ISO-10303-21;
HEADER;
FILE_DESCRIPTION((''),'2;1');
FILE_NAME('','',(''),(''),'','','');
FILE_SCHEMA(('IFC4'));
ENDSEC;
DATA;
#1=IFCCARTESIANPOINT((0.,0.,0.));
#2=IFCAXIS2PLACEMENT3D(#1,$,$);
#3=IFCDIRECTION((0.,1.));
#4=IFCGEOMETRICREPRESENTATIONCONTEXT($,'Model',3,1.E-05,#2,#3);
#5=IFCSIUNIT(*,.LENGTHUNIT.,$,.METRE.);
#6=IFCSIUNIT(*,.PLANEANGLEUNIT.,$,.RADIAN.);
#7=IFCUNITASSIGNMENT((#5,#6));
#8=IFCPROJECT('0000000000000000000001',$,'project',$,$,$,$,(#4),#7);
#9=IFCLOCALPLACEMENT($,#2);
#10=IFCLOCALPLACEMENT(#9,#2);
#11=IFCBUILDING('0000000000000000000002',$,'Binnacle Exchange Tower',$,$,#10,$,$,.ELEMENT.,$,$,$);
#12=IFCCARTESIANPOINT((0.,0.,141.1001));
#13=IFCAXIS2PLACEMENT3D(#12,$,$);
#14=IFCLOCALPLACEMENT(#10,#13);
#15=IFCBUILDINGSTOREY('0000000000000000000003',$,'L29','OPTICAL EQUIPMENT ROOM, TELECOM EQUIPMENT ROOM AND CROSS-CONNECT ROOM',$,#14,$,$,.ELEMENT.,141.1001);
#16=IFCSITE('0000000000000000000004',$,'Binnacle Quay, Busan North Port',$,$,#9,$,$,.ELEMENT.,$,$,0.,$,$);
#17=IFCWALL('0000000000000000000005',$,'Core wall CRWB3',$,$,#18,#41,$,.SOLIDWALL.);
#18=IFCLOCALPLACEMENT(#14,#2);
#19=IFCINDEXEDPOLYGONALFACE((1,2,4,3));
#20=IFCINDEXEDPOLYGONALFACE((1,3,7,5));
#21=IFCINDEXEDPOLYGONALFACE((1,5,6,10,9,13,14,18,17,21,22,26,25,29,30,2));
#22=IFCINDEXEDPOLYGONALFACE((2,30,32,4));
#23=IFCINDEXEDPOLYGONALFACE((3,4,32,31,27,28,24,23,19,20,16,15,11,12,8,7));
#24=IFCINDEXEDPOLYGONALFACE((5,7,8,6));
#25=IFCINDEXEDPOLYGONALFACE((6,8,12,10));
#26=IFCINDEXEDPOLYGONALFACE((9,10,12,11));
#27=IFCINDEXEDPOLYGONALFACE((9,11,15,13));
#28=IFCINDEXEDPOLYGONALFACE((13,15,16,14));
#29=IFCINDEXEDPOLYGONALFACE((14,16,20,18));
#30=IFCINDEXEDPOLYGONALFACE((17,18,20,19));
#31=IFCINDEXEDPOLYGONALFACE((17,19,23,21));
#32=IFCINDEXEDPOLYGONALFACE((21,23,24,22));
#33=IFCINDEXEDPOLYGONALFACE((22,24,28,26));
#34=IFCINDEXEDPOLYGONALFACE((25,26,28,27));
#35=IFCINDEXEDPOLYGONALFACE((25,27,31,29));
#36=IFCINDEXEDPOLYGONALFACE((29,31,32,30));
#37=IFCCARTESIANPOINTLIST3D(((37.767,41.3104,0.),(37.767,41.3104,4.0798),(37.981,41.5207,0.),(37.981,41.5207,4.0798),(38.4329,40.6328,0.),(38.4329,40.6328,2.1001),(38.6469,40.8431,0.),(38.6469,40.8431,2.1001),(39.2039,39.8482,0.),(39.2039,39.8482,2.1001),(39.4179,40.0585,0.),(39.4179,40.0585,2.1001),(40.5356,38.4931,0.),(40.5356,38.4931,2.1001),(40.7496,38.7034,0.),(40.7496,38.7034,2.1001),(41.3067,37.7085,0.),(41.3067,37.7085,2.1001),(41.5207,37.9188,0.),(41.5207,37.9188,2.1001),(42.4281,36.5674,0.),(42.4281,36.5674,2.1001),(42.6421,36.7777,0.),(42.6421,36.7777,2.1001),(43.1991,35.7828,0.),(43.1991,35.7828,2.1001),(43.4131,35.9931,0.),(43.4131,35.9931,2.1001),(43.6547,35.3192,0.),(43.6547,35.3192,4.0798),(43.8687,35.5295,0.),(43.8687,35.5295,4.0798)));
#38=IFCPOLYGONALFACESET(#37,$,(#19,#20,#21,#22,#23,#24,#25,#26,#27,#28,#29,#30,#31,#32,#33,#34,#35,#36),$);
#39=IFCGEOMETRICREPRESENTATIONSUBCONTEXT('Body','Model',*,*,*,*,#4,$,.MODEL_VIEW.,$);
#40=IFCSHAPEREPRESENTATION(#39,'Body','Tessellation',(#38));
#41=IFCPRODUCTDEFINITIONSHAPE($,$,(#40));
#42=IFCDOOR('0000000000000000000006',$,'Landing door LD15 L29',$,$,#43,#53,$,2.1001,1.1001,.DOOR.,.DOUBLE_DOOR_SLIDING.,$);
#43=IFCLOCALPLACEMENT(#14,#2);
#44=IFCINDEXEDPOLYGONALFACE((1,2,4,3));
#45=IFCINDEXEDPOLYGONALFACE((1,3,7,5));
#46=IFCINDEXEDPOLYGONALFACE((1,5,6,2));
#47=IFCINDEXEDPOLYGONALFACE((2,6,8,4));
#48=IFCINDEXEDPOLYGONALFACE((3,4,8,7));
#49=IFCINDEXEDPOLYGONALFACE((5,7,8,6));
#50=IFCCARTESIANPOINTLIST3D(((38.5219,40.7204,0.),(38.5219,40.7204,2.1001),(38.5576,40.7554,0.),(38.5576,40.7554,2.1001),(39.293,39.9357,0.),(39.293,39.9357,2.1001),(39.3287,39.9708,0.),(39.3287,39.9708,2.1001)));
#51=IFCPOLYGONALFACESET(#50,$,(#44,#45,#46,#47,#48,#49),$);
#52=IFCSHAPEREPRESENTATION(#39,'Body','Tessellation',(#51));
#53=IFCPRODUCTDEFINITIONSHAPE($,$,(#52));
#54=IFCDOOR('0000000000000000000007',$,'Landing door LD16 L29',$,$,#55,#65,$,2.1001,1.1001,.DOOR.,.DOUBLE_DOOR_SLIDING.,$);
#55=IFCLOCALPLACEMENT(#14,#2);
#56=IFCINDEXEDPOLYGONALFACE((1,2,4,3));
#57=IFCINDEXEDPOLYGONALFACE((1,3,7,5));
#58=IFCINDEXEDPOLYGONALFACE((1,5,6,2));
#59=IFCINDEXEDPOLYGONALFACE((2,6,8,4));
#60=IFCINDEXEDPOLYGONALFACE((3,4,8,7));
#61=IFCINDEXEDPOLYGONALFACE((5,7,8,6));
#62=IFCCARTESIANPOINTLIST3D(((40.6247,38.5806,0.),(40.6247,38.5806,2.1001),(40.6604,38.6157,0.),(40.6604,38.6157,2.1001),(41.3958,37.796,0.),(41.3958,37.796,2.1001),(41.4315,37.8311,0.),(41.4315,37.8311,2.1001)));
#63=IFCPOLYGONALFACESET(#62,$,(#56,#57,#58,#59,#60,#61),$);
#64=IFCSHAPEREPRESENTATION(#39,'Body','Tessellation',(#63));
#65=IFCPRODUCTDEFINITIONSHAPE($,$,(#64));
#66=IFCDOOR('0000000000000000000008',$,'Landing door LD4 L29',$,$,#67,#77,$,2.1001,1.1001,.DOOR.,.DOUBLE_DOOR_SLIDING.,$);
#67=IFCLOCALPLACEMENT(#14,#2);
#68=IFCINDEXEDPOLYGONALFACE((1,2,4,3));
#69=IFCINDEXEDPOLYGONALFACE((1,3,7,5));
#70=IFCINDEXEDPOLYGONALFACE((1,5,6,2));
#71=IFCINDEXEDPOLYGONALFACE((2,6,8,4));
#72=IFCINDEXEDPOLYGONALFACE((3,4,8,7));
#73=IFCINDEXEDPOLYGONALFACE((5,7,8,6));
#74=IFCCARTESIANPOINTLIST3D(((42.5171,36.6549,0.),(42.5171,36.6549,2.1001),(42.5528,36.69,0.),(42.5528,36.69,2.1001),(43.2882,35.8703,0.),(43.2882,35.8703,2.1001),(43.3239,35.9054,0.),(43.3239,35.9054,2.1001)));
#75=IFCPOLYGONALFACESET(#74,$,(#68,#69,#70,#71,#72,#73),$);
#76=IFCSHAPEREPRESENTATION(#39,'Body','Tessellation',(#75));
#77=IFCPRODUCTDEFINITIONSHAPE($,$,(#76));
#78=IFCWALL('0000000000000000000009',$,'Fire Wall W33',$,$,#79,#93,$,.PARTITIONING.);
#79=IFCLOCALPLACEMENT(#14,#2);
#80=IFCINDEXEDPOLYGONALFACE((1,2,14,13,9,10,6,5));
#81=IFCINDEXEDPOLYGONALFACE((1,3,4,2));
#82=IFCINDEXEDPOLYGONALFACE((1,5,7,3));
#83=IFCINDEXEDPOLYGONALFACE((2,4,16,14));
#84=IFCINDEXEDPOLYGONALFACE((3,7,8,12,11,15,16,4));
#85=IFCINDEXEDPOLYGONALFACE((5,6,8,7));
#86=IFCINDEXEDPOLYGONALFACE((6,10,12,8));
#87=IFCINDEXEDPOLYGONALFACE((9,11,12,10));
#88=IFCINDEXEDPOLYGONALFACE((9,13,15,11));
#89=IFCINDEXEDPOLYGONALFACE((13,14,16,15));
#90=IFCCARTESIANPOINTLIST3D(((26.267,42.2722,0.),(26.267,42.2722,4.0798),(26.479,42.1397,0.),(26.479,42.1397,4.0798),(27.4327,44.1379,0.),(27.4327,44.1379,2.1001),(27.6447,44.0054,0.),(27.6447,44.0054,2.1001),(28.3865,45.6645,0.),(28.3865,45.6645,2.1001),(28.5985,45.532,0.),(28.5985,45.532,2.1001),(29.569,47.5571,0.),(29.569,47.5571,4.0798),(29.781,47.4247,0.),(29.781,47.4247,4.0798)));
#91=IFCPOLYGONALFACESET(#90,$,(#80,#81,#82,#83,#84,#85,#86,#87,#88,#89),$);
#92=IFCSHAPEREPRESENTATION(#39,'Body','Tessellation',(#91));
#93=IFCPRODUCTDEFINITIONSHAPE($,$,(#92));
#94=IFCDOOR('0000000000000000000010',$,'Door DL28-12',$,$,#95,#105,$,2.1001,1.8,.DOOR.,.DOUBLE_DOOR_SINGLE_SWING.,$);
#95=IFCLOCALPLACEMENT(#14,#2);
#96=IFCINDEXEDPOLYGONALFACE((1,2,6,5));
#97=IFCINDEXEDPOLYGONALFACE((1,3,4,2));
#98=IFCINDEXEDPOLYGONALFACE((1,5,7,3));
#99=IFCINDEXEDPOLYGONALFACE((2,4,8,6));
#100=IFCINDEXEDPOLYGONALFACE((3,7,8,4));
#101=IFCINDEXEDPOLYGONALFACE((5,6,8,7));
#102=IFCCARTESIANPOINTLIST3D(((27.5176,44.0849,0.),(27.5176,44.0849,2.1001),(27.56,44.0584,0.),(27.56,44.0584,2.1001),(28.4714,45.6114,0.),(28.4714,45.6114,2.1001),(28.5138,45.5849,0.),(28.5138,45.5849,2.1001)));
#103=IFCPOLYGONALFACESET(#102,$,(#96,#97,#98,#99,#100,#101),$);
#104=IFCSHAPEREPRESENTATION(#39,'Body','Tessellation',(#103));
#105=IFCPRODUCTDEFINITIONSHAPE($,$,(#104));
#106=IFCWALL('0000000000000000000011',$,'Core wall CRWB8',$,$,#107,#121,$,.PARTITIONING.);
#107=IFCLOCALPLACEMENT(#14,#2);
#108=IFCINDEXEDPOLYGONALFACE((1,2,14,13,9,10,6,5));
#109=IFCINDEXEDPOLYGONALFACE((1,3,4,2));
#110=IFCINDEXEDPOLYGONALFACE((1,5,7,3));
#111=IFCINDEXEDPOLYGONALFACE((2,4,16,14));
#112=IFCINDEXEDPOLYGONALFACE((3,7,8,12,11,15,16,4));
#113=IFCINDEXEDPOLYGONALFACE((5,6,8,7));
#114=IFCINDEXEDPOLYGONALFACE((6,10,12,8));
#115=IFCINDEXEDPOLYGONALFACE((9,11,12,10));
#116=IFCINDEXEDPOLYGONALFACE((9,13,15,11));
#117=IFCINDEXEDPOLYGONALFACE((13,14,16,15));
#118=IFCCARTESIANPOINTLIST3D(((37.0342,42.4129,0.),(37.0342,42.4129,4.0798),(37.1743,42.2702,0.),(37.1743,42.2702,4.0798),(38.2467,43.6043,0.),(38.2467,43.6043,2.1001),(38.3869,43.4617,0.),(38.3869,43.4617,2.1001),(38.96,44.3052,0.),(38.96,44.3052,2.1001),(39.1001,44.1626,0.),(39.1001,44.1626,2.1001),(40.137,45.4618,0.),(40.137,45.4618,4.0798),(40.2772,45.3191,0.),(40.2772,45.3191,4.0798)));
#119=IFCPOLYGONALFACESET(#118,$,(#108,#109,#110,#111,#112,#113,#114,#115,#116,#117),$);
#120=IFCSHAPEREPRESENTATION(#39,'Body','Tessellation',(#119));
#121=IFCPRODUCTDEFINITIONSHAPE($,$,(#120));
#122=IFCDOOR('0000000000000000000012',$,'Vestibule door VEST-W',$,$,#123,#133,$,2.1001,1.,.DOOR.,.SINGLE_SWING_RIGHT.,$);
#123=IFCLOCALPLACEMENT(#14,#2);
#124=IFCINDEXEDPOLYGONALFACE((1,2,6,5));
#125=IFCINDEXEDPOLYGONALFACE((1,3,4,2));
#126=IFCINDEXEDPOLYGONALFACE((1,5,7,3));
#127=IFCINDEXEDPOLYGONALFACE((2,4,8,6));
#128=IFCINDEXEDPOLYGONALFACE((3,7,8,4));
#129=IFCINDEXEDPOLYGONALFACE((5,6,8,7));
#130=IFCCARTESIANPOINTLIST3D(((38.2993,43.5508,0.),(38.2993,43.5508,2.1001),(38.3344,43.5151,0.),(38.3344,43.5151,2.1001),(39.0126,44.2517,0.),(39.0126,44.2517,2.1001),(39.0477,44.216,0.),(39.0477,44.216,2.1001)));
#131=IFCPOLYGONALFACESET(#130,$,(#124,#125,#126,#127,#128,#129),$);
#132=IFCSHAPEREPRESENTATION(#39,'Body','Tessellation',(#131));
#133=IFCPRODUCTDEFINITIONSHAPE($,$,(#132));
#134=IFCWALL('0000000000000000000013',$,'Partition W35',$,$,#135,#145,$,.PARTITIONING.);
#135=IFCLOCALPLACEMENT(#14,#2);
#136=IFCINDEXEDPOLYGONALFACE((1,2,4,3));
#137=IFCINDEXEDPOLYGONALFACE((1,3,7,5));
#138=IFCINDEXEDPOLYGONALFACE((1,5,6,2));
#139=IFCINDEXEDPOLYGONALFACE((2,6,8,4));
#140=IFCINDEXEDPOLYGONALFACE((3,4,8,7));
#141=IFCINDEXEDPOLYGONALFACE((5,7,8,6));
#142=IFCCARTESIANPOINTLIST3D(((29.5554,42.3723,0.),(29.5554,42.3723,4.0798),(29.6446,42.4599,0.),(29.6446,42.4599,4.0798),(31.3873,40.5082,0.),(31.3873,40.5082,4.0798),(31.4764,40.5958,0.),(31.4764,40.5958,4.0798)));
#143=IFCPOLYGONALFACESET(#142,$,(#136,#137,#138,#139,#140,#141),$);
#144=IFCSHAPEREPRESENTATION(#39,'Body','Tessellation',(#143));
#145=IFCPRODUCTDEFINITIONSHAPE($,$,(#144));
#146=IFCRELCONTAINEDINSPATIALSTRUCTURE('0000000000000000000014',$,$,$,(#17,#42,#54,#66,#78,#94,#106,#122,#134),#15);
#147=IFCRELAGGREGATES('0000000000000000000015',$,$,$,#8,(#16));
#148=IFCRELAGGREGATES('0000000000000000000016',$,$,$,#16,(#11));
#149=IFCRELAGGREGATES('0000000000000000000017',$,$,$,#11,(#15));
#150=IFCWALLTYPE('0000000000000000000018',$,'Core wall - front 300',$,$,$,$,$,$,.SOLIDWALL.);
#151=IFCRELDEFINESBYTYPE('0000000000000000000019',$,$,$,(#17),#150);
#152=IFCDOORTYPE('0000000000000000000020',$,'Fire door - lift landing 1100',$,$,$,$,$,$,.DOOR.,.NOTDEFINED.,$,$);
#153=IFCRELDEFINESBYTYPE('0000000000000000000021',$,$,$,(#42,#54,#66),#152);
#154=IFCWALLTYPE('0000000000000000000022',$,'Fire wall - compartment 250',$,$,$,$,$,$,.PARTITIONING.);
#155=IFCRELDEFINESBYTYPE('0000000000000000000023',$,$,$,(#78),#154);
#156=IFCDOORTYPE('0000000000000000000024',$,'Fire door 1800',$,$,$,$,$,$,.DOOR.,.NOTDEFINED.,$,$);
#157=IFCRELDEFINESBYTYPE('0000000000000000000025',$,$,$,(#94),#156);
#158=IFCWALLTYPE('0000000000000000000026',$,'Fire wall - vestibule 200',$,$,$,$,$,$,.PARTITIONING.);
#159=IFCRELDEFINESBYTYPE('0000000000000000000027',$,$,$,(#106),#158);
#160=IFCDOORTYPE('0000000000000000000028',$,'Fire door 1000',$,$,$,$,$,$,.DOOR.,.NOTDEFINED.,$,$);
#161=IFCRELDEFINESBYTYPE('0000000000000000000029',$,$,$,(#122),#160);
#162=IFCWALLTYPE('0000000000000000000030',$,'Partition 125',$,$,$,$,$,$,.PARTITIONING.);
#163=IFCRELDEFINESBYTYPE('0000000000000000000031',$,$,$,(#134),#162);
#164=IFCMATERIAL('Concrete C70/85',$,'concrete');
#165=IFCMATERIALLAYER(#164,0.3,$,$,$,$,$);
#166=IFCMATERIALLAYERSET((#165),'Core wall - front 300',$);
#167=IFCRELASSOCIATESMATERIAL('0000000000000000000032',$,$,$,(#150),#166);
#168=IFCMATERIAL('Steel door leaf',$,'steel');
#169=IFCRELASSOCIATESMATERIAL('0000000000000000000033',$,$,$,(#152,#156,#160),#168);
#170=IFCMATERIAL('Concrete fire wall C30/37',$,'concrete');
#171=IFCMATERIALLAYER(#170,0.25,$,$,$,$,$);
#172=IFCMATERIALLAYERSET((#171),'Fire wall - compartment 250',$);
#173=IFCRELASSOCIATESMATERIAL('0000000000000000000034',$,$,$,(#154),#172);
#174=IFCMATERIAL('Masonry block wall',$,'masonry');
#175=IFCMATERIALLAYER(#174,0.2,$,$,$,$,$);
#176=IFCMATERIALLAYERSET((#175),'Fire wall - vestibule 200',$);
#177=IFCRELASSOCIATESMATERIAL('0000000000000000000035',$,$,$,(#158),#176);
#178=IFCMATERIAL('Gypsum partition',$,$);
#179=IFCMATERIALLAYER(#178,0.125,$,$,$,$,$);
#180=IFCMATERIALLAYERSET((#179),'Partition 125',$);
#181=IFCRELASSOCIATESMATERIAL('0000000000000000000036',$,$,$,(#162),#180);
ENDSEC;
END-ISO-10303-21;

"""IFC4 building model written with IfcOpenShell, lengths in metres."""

from ifc_helpers import new_model, si_unit, direction, frame, frame_2d, origin, place, context, subcontext, project, spatial, rectangle, extrude, material, layer, layer_set, type_object, element, fill, save


model = new_model("IFC4")

# Units and contexts
model_context = context("Model", 3, precision=1e-05, world=origin(), true_north=direction((0.0, 1.0)))
body_context = subcontext(model_context, "Body", "Model", "MODEL_VIEW")
ifc_project = project(units=[si_unit("LENGTHUNIT", "METRE"), si_unit("PLANEANGLEUNIT", "RADIAN")], contexts=[model_context])

# Site, building, storey
site_placement = place(None, origin())
site = spatial("IfcSite", under=ifc_project, at=site_placement, Name="Binnacle Quay, Busan North Port", CompositionType="ELEMENT", RefElevation=0.0)
building_placement = place(site_placement, origin())
building = spatial("IfcBuilding", under=site, at=building_placement, Name="Binnacle Exchange Tower", CompositionType="ELEMENT")
storey_placement = place(building_placement, frame((0.0, 0.0, 141.1001)))
storey = spatial("IfcBuildingStorey", under=building, at=storey_placement, Name="L29", Description="OPTICAL EQUIPMENT ROOM, TELECOM EQUIPMENT ROOM AND CROSS-CONNECT ROOM", CompositionType="ELEMENT", Elevation=141.1001)

# Shared definitions
ifc_material_1 = material(Name="Concrete C70/85", Category="concrete")

# Wall, openings, doors
ifc_layer_1 = layer(ifc_material_1, 0.3)
ifc_layer_set_1 = layer_set([ifc_layer_1], Name="Core wall - front 300")
wall_type_1 = type_object("IfcWallType", Name="Core wall - front 300", PredefinedType="SOLIDWALL", material=ifc_layer_set_1)
wall_1_placement = place(storey_placement, frame((37.874, 41.4155, 0.0), z_axis=(0.0, 0.0, 1.0), x_axis=(0.700918, -0.713242, 0.0)))
wall_1 = element("IfcWall", 1, at=wall_1_placement, inside=storey, type_object=wall_type_1, Name="Core wall CRWB3", PredefinedType="SOLIDWALL", context=body_context, shape_type="SweptSolid", body=[
    extrude(rectangle(XDim=8.3999, YDim=0.3, at=frame_2d((4.2, 0.0))), origin(), (0.0, 0.0, 1.0), 4.0798),
])
opening_1_placement = place(wall_1_placement, frame((0.95, 0.0, 0.0)))
opening_1 = element("IfcOpeningElement", 2, at=opening_1_placement, cuts=wall_1, PredefinedType="OPENING", context=body_context, shape_type="SweptSolid", body=[
    extrude(rectangle(XDim=1.1001, YDim=2.1001, at=frame_2d((0.55, 1.05))), frame((0.0, 0.1599, 0.0), z_axis=(0.0, -1.0, 0.0), x_axis=(1.0, 0.0, 0.0)), (0.0, 0.0, 1.0), 0.3201),
])
opening_2_placement = place(wall_1_placement, frame((3.95, 0.0, 0.0)))
opening_2 = element("IfcOpeningElement", 3, at=opening_2_placement, cuts=wall_1, PredefinedType="OPENING", context=body_context, shape_type="SweptSolid", body=[
    extrude(rectangle(XDim=1.1001, YDim=2.1001, at=frame_2d((0.55, 1.05))), frame((0.0, 0.1599, 0.0), z_axis=(0.0, -1.0, 0.0), x_axis=(1.0, 0.0, 0.0)), (0.0, 0.0, 1.0), 0.3201),
])
opening_3_placement = place(wall_1_placement, frame((6.6499, 0.0, 0.0)))
opening_3 = element("IfcOpeningElement", 4, at=opening_3_placement, cuts=wall_1, PredefinedType="OPENING", context=body_context, shape_type="SweptSolid", body=[
    extrude(rectangle(XDim=1.1001, YDim=2.1001, at=frame_2d((0.55, 1.05))), frame((0.0, 0.1599, 0.0), z_axis=(0.0, -1.0, 0.0), x_axis=(1.0, 0.0, 0.0)), (0.0, 0.0, 1.0), 0.3201),
])
ifc_material_2 = material(Name="Steel door leaf", Category="steel")
door_type_1 = type_object("IfcDoorType", Name="Fire door - lift landing 1100", OperationType="NOTDEFINED", PredefinedType="DOOR", material=ifc_material_2)
door_1_placement = place(opening_1_placement, origin())
door_1 = element("IfcDoor", 5, at=door_1_placement, inside=storey, type_object=door_type_1, Name="Landing door LD15 L29", OperationType="DOUBLE_DOOR_SLIDING", OverallHeight=2.1001, OverallWidth=1.1001, PredefinedType="DOOR", context=body_context, shape_type="SweptSolid", body=[
    extrude(rectangle(XDim=1.1001, YDim=2.1001, at=frame_2d((0.55, 1.05))), frame((0.0, 0.0249, 0.0), z_axis=(0.0, -1.0, 0.0), x_axis=(1.0, 0.0, 0.0)), (0.0, 0.0, 1.0), 0.05),
])
fill(opening_1, door_1)
door_2_placement = place(opening_2_placement, origin())
door_2 = element("IfcDoor", 6, at=door_2_placement, inside=storey, type_object=door_type_1, Name="Landing door LD16 L29", OperationType="DOUBLE_DOOR_SLIDING", OverallHeight=2.1001, OverallWidth=1.1001, PredefinedType="DOOR", context=body_context, shape_type="SweptSolid", body=[
    extrude(rectangle(XDim=1.1001, YDim=2.1001, at=frame_2d((0.55, 1.05))), frame((0.0, 0.0249, 0.0), z_axis=(0.0, -1.0, 0.0), x_axis=(1.0, 0.0, 0.0)), (0.0, 0.0, 1.0), 0.05),
])
fill(opening_2, door_2)
door_3_placement = place(opening_3_placement, origin())
door_3 = element("IfcDoor", 7, at=door_3_placement, inside=storey, type_object=door_type_1, Name="Landing door LD4 L29", OperationType="DOUBLE_DOOR_SLIDING", OverallHeight=2.1001, OverallWidth=1.1001, PredefinedType="DOOR", context=body_context, shape_type="SweptSolid", body=[
    extrude(rectangle(XDim=1.1001, YDim=2.1001, at=frame_2d((0.55, 1.05))), frame((0.0, 0.0249, 0.0), z_axis=(0.0, -1.0, 0.0), x_axis=(1.0, 0.0, 0.0)), (0.0, 0.0, 1.0), 0.05),
])
fill(opening_3, door_3)

# Walls, openings, doors
ifc_material_3 = material(Name="Concrete fire wall C30/37", Category="concrete")
ifc_layer_2 = layer(ifc_material_3, 0.25)
ifc_layer_set_2 = layer_set([ifc_layer_2], Name="Fire wall - compartment 250")
wall_type_2 = type_object("IfcWallType", Name="Fire wall - compartment 250", PredefinedType="PARTITIONING", material=ifc_layer_set_2)
wall_2_placement = place(storey_placement, frame((26.373, 42.2061, 0.0), z_axis=(0.0, 0.0, 1.0), x_axis=(0.529876, 0.848075, 0.0)))
wall_2 = element("IfcWall", 8, at=wall_2_placement, inside=storey, type_object=wall_type_2, Name="Fire Wall W33", PredefinedType="PARTITIONING", context=body_context, shape_type="SweptSolid", body=[
    extrude(rectangle(XDim=6.2317, YDim=0.25, at=frame_2d((3.1157, 0.0))), origin(), (0.0, 0.0, 1.0), 4.0798),
])
opening_4_placement = place(wall_2_placement, frame((2.2, 0.0, 0.0)))
opening_4 = element("IfcOpeningElement", 9, at=opening_4_placement, cuts=wall_2, PredefinedType="OPENING", context=body_context, shape_type="SweptSolid", body=[
    extrude(rectangle(XDim=1.8, YDim=2.1001, at=frame_2d((0.8999, 1.05))), frame((0.0, 0.135, 0.0), z_axis=(0.0, -1.0, 0.0), x_axis=(1.0, 0.0, 0.0)), (0.0, 0.0, 1.0), 0.27),
])
door_type_2 = type_object("IfcDoorType", Name="Fire door 1800", OperationType="NOTDEFINED", PredefinedType="DOOR", material=ifc_material_2)
door_4_placement = place(opening_4_placement, origin())
door_4 = element("IfcDoor", 10, at=door_4_placement, inside=storey, type_object=door_type_2, Name="Door DL28-12", OperationType="DOUBLE_DOOR_SINGLE_SWING", OverallHeight=2.1001, OverallWidth=1.8, PredefinedType="DOOR", context=body_context, shape_type="SweptSolid", body=[
    extrude(rectangle(XDim=1.8, YDim=2.1001, at=frame_2d((0.8999, 1.05))), frame((0.0, 0.0249, 0.0), z_axis=(0.0, -1.0, 0.0), x_axis=(1.0, 0.0, 0.0)), (0.0, 0.0, 1.0), 0.05),
])
fill(opening_4, door_4)
ifc_material_4 = material(Name="Masonry block wall", Category="masonry")
ifc_layer_3 = layer(ifc_material_4, 0.2)
ifc_layer_set_3 = layer_set([ifc_layer_3], Name="Fire wall - vestibule 200")
wall_type_3 = type_object("IfcWallType", Name="Fire wall - vestibule 200", PredefinedType="PARTITIONING", material=ifc_layer_set_3)
wall_3_placement = place(storey_placement, frame((37.1042, 42.3416, 0.0), z_axis=(0.0, 0.0, 1.0), x_axis=(0.713281, 0.700878, 0.0)))
wall_3 = element("IfcWall", 11, at=wall_3_placement, inside=storey, type_object=wall_type_3, Name="Core wall CRWB8", PredefinedType="PARTITIONING", context=body_context, shape_type="SweptSolid", body=[
    extrude(rectangle(XDim=4.3501, YDim=0.2, at=frame_2d((2.175, 0.0))), origin(), (0.0, 0.0, 1.0), 4.0798),
])
opening_5_placement = place(wall_3_placement, frame((1.7, 0.0, 0.0)))
opening_5 = element("IfcOpeningElement", 12, at=opening_5_placement, cuts=wall_3, PredefinedType="OPENING", context=body_context, shape_type="SweptSolid", body=[
    extrude(rectangle(XDim=1.0, YDim=2.1001, at=frame_2d((0.5, 1.05))), frame((0.0, 0.1099, 0.0), z_axis=(0.0, -1.0, 0.0), x_axis=(1.0, 0.0, 0.0)), (0.0, 0.0, 1.0), 0.22),
])
door_type_3 = type_object("IfcDoorType", Name="Fire door 1000", OperationType="NOTDEFINED", PredefinedType="DOOR", material=ifc_material_2)
door_5_placement = place(opening_5_placement, origin())
door_5 = element("IfcDoor", 13, at=door_5_placement, inside=storey, type_object=door_type_3, Name="Vestibule door VEST-W", OperationType="SINGLE_SWING_RIGHT", OverallHeight=2.1001, OverallWidth=1.0, PredefinedType="DOOR", context=body_context, shape_type="SweptSolid", body=[
    extrude(rectangle(XDim=1.0, YDim=2.1001, at=frame_2d((0.5, 1.05))), frame((0.0, 0.0249, 0.0), z_axis=(0.0, -1.0, 0.0), x_axis=(1.0, 0.0, 0.0)), (0.0, 0.0, 1.0), 0.05),
])
fill(opening_5, door_5)

# Wall
ifc_material_5 = material(Name="Gypsum partition")
ifc_layer_4 = layer(ifc_material_5, 0.125)
ifc_layer_set_4 = layer_set([ifc_layer_4], Name="Partition 125")
wall_type_4 = type_object("IfcWallType", Name="Partition 125", PredefinedType="PARTITIONING", material=ifc_layer_set_4)
wall_4_placement = place(storey_placement, frame((29.6001, 42.416, 0.0), z_axis=(0.0, 0.0, 1.0), x_axis=(0.700914, -0.713245, 0.0)))
element("IfcWall", 14, at=wall_4_placement, inside=storey, type_object=wall_type_4, Name="Partition W35", PredefinedType="PARTITIONING", context=body_context, shape_type="SweptSolid", body=[
    extrude(rectangle(XDim=2.6135, YDim=0.125, at=frame_2d((1.3066, 0.0))), origin(), (0.0, 0.0, 1.0), 4.0798),
])

save(model, "model.ifc")
